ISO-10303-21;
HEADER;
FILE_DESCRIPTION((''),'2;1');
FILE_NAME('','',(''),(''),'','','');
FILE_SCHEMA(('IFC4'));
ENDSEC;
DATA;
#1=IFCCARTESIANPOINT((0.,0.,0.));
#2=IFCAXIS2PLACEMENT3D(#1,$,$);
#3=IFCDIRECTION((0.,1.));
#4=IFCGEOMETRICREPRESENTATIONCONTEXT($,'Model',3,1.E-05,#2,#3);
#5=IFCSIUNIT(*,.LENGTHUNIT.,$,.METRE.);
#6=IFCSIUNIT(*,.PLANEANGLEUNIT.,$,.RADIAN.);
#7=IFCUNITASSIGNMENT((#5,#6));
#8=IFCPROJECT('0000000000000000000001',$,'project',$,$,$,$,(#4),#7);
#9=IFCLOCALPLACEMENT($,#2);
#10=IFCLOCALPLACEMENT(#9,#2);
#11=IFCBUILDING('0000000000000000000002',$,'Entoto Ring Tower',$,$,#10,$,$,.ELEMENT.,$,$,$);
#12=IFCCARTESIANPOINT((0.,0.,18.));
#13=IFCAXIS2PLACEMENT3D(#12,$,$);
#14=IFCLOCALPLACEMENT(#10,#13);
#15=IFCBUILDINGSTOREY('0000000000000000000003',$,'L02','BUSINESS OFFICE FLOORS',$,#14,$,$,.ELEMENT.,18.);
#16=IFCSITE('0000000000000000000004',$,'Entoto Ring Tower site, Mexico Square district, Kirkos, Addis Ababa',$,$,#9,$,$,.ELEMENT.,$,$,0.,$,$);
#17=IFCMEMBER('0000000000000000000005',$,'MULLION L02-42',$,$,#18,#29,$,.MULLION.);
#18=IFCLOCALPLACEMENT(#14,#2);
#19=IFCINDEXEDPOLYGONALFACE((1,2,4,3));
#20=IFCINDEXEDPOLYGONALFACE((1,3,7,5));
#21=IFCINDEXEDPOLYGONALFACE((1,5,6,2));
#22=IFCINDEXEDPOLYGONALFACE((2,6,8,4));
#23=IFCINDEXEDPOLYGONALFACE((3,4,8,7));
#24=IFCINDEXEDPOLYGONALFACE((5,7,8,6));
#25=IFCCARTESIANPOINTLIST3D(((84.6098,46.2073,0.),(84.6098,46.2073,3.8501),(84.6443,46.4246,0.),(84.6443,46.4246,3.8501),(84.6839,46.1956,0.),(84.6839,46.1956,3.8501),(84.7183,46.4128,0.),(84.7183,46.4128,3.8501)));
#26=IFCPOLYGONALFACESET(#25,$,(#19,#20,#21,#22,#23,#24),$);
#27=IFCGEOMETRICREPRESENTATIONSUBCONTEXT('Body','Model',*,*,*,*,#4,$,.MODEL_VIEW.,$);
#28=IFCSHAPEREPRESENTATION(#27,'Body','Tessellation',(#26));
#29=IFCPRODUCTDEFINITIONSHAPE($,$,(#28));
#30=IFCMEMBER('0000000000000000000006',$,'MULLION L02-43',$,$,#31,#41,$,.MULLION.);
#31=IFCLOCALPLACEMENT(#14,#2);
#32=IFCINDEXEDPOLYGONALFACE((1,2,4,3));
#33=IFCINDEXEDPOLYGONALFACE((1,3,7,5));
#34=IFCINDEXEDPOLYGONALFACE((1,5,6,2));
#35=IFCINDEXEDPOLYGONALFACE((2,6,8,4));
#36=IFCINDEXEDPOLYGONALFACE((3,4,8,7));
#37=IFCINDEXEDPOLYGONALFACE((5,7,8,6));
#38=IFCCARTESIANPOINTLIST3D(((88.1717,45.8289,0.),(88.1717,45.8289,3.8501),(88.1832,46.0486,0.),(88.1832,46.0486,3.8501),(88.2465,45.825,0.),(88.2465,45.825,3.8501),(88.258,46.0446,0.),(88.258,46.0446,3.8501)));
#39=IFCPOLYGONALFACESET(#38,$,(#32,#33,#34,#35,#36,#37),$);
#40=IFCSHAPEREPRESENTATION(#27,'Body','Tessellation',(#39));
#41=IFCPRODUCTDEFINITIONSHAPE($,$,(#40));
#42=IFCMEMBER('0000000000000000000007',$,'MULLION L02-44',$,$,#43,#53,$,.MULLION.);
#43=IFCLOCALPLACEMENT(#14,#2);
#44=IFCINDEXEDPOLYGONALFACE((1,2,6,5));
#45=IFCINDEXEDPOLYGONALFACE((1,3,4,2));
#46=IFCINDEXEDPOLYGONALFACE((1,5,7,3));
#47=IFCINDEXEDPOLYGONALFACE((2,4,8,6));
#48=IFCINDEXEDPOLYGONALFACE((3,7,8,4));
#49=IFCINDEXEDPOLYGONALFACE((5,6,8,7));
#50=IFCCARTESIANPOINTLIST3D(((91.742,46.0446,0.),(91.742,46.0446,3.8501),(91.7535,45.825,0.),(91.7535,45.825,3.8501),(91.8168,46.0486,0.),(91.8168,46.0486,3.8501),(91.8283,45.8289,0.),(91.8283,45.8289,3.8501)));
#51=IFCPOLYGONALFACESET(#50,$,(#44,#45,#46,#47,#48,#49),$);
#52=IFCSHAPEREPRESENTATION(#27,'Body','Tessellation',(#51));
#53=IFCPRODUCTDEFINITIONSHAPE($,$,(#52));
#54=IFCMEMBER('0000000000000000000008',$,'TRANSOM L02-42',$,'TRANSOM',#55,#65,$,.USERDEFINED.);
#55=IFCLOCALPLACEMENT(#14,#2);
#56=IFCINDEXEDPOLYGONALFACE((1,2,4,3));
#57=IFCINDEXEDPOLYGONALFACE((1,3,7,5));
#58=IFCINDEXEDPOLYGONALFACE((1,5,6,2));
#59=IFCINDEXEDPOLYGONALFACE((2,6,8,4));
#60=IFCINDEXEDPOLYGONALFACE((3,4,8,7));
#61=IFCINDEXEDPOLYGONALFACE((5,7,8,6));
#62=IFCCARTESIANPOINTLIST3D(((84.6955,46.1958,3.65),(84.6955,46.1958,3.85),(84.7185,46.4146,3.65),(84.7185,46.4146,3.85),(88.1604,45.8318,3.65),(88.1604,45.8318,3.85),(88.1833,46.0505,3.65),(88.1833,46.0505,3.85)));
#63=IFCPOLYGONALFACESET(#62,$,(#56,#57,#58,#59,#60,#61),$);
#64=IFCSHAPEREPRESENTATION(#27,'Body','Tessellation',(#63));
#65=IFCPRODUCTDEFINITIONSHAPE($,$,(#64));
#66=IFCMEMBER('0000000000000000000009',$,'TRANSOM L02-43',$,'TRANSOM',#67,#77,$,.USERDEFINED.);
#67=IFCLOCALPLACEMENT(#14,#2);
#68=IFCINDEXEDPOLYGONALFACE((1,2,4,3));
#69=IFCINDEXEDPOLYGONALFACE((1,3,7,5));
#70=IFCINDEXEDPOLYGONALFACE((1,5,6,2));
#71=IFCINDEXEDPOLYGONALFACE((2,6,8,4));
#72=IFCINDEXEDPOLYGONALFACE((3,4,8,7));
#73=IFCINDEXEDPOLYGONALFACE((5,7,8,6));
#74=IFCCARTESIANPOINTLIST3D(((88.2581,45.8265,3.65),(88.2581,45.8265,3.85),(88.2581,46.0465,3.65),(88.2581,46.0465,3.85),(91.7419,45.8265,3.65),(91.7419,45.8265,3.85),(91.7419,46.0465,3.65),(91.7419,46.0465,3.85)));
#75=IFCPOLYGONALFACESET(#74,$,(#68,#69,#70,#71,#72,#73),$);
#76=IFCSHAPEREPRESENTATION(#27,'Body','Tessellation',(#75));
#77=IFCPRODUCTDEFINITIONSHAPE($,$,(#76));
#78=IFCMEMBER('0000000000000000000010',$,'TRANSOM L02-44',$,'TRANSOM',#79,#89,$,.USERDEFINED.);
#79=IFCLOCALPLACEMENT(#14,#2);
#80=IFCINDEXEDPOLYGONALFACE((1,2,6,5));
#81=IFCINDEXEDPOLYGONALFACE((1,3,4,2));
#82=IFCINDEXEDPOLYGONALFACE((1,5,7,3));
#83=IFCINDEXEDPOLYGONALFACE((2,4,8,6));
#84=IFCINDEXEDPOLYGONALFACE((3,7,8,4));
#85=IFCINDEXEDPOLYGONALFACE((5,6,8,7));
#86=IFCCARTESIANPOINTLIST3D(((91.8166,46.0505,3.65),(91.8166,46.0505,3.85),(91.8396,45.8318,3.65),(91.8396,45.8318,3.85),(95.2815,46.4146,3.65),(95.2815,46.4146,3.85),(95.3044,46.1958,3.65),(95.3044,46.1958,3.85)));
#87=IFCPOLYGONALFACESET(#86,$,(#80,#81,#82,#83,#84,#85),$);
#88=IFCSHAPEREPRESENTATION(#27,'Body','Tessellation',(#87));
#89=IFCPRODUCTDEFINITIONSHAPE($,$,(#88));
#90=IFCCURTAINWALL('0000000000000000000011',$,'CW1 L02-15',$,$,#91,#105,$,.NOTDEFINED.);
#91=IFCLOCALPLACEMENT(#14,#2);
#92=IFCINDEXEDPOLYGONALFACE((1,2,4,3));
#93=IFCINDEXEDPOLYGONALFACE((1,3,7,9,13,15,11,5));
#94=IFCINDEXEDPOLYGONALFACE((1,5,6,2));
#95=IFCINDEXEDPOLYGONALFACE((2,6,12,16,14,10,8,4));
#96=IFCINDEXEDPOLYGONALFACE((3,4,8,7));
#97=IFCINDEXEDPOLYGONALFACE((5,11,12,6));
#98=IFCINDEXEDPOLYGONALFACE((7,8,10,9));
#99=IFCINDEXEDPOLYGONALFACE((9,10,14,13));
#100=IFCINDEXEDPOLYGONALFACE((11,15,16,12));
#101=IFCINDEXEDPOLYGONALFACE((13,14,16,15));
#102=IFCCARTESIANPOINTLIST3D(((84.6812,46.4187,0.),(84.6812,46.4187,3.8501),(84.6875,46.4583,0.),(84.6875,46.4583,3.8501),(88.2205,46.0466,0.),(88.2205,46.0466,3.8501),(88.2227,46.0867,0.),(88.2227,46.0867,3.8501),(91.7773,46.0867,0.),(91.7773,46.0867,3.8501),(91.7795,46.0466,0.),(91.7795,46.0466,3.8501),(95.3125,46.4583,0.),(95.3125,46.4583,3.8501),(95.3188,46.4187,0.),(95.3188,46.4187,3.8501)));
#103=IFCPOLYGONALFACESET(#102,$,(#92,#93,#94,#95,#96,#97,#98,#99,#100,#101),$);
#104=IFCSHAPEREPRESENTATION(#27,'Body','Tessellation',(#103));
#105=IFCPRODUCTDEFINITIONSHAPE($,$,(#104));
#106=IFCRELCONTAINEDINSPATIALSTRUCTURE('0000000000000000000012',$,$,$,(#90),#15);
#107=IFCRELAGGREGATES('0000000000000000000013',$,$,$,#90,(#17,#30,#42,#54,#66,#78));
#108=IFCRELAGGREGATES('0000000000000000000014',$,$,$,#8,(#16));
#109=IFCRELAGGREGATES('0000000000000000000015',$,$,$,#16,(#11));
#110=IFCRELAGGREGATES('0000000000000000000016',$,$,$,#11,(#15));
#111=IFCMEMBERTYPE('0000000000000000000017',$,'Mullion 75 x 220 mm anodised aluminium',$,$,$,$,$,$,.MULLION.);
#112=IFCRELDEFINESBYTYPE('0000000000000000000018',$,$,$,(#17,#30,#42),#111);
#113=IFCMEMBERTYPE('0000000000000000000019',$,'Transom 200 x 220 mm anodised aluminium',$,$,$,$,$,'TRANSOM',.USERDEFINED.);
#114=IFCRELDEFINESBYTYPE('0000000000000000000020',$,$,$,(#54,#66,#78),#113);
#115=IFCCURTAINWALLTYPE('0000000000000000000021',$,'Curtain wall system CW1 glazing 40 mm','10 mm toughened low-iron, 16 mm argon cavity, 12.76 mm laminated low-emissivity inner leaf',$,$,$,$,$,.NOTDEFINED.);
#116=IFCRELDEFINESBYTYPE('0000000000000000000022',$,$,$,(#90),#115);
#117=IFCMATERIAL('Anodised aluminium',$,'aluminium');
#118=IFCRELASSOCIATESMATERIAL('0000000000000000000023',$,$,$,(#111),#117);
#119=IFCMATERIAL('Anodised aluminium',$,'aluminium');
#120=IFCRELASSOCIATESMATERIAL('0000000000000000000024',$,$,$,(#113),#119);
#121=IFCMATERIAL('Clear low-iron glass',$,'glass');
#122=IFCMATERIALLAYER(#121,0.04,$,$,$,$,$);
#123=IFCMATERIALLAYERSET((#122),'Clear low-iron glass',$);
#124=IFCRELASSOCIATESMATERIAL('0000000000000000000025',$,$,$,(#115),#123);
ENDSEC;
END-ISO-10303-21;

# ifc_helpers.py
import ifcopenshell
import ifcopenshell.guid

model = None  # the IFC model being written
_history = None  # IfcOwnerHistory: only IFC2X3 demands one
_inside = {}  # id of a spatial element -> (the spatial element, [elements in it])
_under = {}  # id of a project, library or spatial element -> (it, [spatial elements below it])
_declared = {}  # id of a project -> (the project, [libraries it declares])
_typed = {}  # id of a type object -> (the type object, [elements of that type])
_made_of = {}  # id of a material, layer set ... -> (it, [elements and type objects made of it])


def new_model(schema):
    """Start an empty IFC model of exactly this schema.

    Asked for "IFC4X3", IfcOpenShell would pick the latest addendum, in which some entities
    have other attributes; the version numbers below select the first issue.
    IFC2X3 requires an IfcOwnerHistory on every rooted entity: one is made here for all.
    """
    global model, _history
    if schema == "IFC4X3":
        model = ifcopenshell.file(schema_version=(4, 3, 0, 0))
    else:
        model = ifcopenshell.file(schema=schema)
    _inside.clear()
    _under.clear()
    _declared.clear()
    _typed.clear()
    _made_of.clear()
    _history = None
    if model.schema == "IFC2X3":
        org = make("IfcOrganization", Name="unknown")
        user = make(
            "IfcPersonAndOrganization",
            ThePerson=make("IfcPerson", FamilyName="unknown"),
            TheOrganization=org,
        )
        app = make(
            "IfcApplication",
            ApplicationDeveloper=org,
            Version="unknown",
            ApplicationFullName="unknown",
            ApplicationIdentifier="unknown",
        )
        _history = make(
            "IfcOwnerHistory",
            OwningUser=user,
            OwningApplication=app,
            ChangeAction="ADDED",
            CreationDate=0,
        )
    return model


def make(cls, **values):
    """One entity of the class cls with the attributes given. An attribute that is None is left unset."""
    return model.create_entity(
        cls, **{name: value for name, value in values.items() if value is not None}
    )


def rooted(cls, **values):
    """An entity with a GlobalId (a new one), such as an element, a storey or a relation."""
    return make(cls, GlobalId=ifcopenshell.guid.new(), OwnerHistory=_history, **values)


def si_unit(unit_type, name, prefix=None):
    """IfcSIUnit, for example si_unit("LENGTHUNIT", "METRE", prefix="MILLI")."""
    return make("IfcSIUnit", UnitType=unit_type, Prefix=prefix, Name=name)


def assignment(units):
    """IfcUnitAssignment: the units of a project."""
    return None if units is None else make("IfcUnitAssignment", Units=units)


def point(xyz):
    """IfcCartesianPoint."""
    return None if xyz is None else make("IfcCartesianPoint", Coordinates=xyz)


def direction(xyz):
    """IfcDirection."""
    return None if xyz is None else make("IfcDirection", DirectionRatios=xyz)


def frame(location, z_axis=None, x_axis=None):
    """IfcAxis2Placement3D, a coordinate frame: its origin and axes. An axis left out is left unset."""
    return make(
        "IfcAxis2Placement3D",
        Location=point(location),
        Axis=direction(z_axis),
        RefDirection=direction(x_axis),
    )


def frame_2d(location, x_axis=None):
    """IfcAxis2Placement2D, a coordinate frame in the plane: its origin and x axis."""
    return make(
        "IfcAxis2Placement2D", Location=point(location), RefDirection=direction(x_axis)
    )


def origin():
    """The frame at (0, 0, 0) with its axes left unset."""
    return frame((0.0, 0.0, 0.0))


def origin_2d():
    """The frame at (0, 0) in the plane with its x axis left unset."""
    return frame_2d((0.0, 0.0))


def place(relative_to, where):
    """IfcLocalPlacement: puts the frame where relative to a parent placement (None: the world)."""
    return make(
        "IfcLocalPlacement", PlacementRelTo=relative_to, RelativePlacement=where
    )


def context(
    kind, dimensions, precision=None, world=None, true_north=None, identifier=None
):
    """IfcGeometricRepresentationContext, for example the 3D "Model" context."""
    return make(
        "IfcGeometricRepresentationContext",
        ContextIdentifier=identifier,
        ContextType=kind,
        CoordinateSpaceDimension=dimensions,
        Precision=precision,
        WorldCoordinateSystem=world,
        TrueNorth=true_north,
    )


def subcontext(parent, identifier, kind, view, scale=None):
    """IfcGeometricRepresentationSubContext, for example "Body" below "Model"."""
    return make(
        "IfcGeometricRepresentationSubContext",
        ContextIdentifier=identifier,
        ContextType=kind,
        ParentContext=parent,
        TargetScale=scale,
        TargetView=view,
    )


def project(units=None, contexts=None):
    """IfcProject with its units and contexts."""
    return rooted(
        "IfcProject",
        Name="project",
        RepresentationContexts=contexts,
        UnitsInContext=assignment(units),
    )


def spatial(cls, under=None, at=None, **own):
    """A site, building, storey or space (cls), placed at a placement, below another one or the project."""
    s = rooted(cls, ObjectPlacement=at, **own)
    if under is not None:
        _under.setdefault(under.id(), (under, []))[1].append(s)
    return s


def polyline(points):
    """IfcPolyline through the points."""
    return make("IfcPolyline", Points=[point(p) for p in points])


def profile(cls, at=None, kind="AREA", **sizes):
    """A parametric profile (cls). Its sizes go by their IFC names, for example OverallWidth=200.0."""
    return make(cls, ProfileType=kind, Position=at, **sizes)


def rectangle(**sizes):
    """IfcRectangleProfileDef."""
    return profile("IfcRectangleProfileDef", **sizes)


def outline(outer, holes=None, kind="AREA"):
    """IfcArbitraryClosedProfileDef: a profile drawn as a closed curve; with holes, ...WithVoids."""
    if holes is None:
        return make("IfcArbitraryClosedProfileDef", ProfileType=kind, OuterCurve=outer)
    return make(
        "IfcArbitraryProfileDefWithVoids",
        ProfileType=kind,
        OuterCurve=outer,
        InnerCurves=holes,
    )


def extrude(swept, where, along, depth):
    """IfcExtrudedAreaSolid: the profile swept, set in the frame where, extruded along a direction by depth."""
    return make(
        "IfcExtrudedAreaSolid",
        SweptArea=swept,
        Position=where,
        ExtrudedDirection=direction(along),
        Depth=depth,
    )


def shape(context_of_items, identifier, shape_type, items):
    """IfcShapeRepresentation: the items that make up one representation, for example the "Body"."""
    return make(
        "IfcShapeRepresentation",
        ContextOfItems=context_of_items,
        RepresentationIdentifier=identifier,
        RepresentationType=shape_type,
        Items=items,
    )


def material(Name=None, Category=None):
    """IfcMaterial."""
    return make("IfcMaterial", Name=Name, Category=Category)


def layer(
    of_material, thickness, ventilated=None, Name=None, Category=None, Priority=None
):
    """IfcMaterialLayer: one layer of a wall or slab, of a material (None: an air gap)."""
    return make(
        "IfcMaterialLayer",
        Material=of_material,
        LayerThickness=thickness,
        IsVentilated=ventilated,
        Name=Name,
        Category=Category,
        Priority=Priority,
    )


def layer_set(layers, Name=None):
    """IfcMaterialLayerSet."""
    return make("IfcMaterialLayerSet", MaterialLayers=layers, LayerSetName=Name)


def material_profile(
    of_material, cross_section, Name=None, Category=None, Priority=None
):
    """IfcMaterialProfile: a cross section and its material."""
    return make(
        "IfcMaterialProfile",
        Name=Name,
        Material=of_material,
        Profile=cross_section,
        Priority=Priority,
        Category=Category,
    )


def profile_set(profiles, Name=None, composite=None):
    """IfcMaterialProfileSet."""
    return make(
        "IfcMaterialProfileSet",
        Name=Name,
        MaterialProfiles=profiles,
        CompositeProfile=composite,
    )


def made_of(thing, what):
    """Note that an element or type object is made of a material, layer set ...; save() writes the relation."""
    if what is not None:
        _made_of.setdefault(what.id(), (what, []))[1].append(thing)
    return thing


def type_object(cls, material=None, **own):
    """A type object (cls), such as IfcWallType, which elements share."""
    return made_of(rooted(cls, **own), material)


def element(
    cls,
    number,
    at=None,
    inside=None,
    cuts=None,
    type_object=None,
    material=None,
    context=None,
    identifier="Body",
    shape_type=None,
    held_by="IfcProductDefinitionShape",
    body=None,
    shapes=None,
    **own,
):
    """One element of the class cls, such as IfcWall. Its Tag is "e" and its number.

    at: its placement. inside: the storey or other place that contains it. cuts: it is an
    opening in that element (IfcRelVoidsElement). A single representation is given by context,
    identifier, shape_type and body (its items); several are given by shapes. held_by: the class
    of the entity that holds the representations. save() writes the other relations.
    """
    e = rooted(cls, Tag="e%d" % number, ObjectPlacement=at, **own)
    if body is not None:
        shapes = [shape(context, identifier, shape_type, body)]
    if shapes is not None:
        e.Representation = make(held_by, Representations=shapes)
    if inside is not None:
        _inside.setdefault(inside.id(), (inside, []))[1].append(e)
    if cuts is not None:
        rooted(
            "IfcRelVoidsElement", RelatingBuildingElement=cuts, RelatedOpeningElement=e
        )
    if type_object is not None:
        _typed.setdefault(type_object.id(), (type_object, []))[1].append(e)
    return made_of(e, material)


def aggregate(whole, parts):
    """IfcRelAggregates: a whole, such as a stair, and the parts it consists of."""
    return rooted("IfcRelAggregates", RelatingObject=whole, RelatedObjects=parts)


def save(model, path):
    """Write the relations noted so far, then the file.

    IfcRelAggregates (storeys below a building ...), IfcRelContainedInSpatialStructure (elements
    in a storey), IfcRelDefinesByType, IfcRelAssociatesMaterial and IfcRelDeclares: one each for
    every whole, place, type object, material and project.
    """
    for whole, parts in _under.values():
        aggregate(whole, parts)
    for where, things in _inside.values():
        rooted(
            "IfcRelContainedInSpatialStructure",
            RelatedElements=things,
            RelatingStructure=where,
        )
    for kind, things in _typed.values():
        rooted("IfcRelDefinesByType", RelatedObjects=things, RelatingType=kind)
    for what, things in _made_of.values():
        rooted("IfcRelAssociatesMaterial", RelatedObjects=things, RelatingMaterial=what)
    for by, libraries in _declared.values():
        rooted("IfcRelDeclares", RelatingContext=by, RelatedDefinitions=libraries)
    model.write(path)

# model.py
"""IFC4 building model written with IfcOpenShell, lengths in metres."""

from ifc_helpers import new_model, si_unit, direction, frame, origin, origin_2d, place, context, subcontext, project, spatial, polyline, rectangle, outline, extrude, material, layer, layer_set, material_profile, profile_set, type_object, element, aggregate, save


model = new_model("IFC4")

# Units and contexts
model_context = context("Model", 3, precision=1e-05, world=origin(), true_north=direction((0.0, 1.0)))
body_context = subcontext(model_context, "Body", "Model", "MODEL_VIEW")
ifc_project = project(units=[si_unit("LENGTHUNIT", "METRE"), si_unit("PLANEANGLEUNIT", "RADIAN")], contexts=[model_context])

# Members
ifc_material_1 = material(Name="Anodised aluminium", Category="aluminium")
ifc_material_profile_1 = material_profile(ifc_material_1, rectangle(XDim=0.075, YDim=0.22, at=origin_2d()), Name="Mullion 75 x 220 mm anodised aluminium")
ifc_profile_set_1 = profile_set([ifc_material_profile_1], Name="Anodised aluminium")
member_type_1 = type_object("IfcMemberType", Name="Mullion 75 x 220 mm anodised aluminium", PredefinedType="MULLION", material=ifc_profile_set_1)
site_placement = place(None, origin())
building_placement = place(site_placement, origin())
storey_placement = place(building_placement, frame((0.0, 0.0, 18.0)))
member_1_placement = place(storey_placement, frame((84.6641, 46.3101, 0.0), z_axis=(0.0, 0.0, 1.0), x_axis=(0.987688, -0.156434, 0.0)))
member_1 = element("IfcMember", 1, at=member_1_placement, type_object=member_type_1, Name="MULLION L02-42", PredefinedType="MULLION", context=body_context, shape_type="SweptSolid", body=[
    extrude(rectangle(XDim=0.075, YDim=0.22, at=origin_2d()), origin(), (0.0, 0.0, 1.0), 3.8501),
])
member_2_placement = place(storey_placement, frame((88.2148, 45.9368, 0.0), z_axis=(0.0, 0.0, 1.0), x_axis=(0.99863, -0.052336, 0.0)))
member_2 = element("IfcMember", 2, at=member_2_placement, type_object=member_type_1, Name="MULLION L02-43", PredefinedType="MULLION", context=body_context, shape_type="SweptSolid", body=[
    extrude(rectangle(XDim=0.075, YDim=0.22, at=origin_2d()), origin(), (0.0, 0.0, 1.0), 3.8501),
])
member_3_placement = place(storey_placement, frame((91.7852, 45.9368, 0.0), z_axis=(0.0, 0.0, 1.0), x_axis=(0.99863, 0.052336, 0.0)))
member_3 = element("IfcMember", 3, at=member_3_placement, type_object=member_type_1, Name="MULLION L02-44", PredefinedType="MULLION", context=body_context, shape_type="SweptSolid", body=[
    extrude(rectangle(XDim=0.075, YDim=0.22, at=origin_2d()), origin(), (0.0, 0.0, 1.0), 3.8501),
])
ifc_material_2 = material(Name="Anodised aluminium", Category="aluminium")
ifc_material_profile_2 = material_profile(ifc_material_2, rectangle(XDim=0.22, YDim=0.2, at=origin_2d()), Name="Transom 200 x 220 mm anodised aluminium")
ifc_profile_set_2 = profile_set([ifc_material_profile_2], Name="Anodised aluminium")
member_type_2 = type_object("IfcMemberType", Name="Transom 200 x 220 mm anodised aluminium", ElementType="TRANSOM", PredefinedType="USERDEFINED", material=ifc_profile_set_2)
member_4_placement = place(storey_placement, frame((84.707, 46.3052, 3.75), z_axis=(0.994527, -0.104484, 0.0), x_axis=(0.104484, 0.994527, 0.0)))
member_4 = element("IfcMember", 4, at=member_4_placement, type_object=member_type_2, Name="TRANSOM L02-42", ObjectType="TRANSOM", PredefinedType="USERDEFINED", context=body_context, shape_type="SweptSolid", body=[
    extrude(rectangle(XDim=0.22, YDim=0.2, at=origin_2d()), origin(), (0.0, 0.0, 1.0), 3.4839),
])
member_5_placement = place(storey_placement, frame((88.2581, 45.9365, 3.75), z_axis=(1.0, 0.0, 0.0), x_axis=(0.0, 1.0, 0.0)))
member_5 = element("IfcMember", 5, at=member_5_placement, type_object=member_type_2, Name="TRANSOM L02-43", ObjectType="TRANSOM", PredefinedType="USERDEFINED", context=body_context, shape_type="SweptSolid", body=[
    extrude(rectangle(XDim=0.22, YDim=0.2, at=origin_2d()), origin(), (0.0, 0.0, 1.0), 3.4839),
])
member_6_placement = place(storey_placement, frame((91.8281, 45.9412, 3.75), z_axis=(0.994527, 0.104484, 0.0), x_axis=(-0.104484, 0.994527, 0.0)))
member_6 = element("IfcMember", 6, at=member_6_placement, type_object=member_type_2, Name="TRANSOM L02-44", ObjectType="TRANSOM", PredefinedType="USERDEFINED", context=body_context, shape_type="SweptSolid", body=[
    extrude(rectangle(XDim=0.22, YDim=0.2, at=origin_2d()), origin(), (0.0, 0.0, 1.0), 3.4839),
])

# Site, building, storey
site = spatial("IfcSite", under=ifc_project, at=site_placement, Name="Entoto Ring Tower site, Mexico Square district, Kirkos, Addis Ababa", CompositionType="ELEMENT", RefElevation=0.0)
building = spatial("IfcBuilding", under=site, at=building_placement, Name="Entoto Ring Tower", CompositionType="ELEMENT")
storey = spatial("IfcBuildingStorey", under=building, at=storey_placement, Name="L02", Description="BUSINESS OFFICE FLOORS", CompositionType="ELEMENT", Elevation=18.0)

# Curtain wall
ifc_material_3 = material(Name="Clear low-iron glass", Category="glass")
ifc_layer_1 = layer(ifc_material_3, 0.04)
ifc_layer_set_1 = layer_set([ifc_layer_1], Name="Clear low-iron glass")
curtain_wall_type = type_object("IfcCurtainWallType", Name="Curtain wall system CW1 glazing 40 mm", Description="10 mm toughened low-iron, 16 mm argon cavity, 12.76 mm laminated low-emissivity inner leaf", PredefinedType="NOTDEFINED", material=ifc_layer_set_1)
curtain_wall_1_placement = place(storey_placement, origin())
curtain_wall_1 = element("IfcCurtainWall", 7, at=curtain_wall_1_placement, inside=storey, type_object=curtain_wall_type, Name="CW1 L02-15", PredefinedType="NOTDEFINED", context=body_context, shape_type="SweptSolid", body=[
    extrude(outline(polyline([(84.6812, 46.4187), (88.2205, 46.0466), (91.7795, 46.0466), (95.3188, 46.4187), (95.3125, 46.4583), (91.7773, 46.0867), (88.2227, 46.0867), (84.6875, 46.4583), (84.6812, 46.4187)])), origin(), (0.0, 0.0, 1.0), 3.8501),
])
aggregate(curtain_wall_1, [member_1, member_2, member_3, member_4, member_5, member_6])

save(model, "model.ifc")
